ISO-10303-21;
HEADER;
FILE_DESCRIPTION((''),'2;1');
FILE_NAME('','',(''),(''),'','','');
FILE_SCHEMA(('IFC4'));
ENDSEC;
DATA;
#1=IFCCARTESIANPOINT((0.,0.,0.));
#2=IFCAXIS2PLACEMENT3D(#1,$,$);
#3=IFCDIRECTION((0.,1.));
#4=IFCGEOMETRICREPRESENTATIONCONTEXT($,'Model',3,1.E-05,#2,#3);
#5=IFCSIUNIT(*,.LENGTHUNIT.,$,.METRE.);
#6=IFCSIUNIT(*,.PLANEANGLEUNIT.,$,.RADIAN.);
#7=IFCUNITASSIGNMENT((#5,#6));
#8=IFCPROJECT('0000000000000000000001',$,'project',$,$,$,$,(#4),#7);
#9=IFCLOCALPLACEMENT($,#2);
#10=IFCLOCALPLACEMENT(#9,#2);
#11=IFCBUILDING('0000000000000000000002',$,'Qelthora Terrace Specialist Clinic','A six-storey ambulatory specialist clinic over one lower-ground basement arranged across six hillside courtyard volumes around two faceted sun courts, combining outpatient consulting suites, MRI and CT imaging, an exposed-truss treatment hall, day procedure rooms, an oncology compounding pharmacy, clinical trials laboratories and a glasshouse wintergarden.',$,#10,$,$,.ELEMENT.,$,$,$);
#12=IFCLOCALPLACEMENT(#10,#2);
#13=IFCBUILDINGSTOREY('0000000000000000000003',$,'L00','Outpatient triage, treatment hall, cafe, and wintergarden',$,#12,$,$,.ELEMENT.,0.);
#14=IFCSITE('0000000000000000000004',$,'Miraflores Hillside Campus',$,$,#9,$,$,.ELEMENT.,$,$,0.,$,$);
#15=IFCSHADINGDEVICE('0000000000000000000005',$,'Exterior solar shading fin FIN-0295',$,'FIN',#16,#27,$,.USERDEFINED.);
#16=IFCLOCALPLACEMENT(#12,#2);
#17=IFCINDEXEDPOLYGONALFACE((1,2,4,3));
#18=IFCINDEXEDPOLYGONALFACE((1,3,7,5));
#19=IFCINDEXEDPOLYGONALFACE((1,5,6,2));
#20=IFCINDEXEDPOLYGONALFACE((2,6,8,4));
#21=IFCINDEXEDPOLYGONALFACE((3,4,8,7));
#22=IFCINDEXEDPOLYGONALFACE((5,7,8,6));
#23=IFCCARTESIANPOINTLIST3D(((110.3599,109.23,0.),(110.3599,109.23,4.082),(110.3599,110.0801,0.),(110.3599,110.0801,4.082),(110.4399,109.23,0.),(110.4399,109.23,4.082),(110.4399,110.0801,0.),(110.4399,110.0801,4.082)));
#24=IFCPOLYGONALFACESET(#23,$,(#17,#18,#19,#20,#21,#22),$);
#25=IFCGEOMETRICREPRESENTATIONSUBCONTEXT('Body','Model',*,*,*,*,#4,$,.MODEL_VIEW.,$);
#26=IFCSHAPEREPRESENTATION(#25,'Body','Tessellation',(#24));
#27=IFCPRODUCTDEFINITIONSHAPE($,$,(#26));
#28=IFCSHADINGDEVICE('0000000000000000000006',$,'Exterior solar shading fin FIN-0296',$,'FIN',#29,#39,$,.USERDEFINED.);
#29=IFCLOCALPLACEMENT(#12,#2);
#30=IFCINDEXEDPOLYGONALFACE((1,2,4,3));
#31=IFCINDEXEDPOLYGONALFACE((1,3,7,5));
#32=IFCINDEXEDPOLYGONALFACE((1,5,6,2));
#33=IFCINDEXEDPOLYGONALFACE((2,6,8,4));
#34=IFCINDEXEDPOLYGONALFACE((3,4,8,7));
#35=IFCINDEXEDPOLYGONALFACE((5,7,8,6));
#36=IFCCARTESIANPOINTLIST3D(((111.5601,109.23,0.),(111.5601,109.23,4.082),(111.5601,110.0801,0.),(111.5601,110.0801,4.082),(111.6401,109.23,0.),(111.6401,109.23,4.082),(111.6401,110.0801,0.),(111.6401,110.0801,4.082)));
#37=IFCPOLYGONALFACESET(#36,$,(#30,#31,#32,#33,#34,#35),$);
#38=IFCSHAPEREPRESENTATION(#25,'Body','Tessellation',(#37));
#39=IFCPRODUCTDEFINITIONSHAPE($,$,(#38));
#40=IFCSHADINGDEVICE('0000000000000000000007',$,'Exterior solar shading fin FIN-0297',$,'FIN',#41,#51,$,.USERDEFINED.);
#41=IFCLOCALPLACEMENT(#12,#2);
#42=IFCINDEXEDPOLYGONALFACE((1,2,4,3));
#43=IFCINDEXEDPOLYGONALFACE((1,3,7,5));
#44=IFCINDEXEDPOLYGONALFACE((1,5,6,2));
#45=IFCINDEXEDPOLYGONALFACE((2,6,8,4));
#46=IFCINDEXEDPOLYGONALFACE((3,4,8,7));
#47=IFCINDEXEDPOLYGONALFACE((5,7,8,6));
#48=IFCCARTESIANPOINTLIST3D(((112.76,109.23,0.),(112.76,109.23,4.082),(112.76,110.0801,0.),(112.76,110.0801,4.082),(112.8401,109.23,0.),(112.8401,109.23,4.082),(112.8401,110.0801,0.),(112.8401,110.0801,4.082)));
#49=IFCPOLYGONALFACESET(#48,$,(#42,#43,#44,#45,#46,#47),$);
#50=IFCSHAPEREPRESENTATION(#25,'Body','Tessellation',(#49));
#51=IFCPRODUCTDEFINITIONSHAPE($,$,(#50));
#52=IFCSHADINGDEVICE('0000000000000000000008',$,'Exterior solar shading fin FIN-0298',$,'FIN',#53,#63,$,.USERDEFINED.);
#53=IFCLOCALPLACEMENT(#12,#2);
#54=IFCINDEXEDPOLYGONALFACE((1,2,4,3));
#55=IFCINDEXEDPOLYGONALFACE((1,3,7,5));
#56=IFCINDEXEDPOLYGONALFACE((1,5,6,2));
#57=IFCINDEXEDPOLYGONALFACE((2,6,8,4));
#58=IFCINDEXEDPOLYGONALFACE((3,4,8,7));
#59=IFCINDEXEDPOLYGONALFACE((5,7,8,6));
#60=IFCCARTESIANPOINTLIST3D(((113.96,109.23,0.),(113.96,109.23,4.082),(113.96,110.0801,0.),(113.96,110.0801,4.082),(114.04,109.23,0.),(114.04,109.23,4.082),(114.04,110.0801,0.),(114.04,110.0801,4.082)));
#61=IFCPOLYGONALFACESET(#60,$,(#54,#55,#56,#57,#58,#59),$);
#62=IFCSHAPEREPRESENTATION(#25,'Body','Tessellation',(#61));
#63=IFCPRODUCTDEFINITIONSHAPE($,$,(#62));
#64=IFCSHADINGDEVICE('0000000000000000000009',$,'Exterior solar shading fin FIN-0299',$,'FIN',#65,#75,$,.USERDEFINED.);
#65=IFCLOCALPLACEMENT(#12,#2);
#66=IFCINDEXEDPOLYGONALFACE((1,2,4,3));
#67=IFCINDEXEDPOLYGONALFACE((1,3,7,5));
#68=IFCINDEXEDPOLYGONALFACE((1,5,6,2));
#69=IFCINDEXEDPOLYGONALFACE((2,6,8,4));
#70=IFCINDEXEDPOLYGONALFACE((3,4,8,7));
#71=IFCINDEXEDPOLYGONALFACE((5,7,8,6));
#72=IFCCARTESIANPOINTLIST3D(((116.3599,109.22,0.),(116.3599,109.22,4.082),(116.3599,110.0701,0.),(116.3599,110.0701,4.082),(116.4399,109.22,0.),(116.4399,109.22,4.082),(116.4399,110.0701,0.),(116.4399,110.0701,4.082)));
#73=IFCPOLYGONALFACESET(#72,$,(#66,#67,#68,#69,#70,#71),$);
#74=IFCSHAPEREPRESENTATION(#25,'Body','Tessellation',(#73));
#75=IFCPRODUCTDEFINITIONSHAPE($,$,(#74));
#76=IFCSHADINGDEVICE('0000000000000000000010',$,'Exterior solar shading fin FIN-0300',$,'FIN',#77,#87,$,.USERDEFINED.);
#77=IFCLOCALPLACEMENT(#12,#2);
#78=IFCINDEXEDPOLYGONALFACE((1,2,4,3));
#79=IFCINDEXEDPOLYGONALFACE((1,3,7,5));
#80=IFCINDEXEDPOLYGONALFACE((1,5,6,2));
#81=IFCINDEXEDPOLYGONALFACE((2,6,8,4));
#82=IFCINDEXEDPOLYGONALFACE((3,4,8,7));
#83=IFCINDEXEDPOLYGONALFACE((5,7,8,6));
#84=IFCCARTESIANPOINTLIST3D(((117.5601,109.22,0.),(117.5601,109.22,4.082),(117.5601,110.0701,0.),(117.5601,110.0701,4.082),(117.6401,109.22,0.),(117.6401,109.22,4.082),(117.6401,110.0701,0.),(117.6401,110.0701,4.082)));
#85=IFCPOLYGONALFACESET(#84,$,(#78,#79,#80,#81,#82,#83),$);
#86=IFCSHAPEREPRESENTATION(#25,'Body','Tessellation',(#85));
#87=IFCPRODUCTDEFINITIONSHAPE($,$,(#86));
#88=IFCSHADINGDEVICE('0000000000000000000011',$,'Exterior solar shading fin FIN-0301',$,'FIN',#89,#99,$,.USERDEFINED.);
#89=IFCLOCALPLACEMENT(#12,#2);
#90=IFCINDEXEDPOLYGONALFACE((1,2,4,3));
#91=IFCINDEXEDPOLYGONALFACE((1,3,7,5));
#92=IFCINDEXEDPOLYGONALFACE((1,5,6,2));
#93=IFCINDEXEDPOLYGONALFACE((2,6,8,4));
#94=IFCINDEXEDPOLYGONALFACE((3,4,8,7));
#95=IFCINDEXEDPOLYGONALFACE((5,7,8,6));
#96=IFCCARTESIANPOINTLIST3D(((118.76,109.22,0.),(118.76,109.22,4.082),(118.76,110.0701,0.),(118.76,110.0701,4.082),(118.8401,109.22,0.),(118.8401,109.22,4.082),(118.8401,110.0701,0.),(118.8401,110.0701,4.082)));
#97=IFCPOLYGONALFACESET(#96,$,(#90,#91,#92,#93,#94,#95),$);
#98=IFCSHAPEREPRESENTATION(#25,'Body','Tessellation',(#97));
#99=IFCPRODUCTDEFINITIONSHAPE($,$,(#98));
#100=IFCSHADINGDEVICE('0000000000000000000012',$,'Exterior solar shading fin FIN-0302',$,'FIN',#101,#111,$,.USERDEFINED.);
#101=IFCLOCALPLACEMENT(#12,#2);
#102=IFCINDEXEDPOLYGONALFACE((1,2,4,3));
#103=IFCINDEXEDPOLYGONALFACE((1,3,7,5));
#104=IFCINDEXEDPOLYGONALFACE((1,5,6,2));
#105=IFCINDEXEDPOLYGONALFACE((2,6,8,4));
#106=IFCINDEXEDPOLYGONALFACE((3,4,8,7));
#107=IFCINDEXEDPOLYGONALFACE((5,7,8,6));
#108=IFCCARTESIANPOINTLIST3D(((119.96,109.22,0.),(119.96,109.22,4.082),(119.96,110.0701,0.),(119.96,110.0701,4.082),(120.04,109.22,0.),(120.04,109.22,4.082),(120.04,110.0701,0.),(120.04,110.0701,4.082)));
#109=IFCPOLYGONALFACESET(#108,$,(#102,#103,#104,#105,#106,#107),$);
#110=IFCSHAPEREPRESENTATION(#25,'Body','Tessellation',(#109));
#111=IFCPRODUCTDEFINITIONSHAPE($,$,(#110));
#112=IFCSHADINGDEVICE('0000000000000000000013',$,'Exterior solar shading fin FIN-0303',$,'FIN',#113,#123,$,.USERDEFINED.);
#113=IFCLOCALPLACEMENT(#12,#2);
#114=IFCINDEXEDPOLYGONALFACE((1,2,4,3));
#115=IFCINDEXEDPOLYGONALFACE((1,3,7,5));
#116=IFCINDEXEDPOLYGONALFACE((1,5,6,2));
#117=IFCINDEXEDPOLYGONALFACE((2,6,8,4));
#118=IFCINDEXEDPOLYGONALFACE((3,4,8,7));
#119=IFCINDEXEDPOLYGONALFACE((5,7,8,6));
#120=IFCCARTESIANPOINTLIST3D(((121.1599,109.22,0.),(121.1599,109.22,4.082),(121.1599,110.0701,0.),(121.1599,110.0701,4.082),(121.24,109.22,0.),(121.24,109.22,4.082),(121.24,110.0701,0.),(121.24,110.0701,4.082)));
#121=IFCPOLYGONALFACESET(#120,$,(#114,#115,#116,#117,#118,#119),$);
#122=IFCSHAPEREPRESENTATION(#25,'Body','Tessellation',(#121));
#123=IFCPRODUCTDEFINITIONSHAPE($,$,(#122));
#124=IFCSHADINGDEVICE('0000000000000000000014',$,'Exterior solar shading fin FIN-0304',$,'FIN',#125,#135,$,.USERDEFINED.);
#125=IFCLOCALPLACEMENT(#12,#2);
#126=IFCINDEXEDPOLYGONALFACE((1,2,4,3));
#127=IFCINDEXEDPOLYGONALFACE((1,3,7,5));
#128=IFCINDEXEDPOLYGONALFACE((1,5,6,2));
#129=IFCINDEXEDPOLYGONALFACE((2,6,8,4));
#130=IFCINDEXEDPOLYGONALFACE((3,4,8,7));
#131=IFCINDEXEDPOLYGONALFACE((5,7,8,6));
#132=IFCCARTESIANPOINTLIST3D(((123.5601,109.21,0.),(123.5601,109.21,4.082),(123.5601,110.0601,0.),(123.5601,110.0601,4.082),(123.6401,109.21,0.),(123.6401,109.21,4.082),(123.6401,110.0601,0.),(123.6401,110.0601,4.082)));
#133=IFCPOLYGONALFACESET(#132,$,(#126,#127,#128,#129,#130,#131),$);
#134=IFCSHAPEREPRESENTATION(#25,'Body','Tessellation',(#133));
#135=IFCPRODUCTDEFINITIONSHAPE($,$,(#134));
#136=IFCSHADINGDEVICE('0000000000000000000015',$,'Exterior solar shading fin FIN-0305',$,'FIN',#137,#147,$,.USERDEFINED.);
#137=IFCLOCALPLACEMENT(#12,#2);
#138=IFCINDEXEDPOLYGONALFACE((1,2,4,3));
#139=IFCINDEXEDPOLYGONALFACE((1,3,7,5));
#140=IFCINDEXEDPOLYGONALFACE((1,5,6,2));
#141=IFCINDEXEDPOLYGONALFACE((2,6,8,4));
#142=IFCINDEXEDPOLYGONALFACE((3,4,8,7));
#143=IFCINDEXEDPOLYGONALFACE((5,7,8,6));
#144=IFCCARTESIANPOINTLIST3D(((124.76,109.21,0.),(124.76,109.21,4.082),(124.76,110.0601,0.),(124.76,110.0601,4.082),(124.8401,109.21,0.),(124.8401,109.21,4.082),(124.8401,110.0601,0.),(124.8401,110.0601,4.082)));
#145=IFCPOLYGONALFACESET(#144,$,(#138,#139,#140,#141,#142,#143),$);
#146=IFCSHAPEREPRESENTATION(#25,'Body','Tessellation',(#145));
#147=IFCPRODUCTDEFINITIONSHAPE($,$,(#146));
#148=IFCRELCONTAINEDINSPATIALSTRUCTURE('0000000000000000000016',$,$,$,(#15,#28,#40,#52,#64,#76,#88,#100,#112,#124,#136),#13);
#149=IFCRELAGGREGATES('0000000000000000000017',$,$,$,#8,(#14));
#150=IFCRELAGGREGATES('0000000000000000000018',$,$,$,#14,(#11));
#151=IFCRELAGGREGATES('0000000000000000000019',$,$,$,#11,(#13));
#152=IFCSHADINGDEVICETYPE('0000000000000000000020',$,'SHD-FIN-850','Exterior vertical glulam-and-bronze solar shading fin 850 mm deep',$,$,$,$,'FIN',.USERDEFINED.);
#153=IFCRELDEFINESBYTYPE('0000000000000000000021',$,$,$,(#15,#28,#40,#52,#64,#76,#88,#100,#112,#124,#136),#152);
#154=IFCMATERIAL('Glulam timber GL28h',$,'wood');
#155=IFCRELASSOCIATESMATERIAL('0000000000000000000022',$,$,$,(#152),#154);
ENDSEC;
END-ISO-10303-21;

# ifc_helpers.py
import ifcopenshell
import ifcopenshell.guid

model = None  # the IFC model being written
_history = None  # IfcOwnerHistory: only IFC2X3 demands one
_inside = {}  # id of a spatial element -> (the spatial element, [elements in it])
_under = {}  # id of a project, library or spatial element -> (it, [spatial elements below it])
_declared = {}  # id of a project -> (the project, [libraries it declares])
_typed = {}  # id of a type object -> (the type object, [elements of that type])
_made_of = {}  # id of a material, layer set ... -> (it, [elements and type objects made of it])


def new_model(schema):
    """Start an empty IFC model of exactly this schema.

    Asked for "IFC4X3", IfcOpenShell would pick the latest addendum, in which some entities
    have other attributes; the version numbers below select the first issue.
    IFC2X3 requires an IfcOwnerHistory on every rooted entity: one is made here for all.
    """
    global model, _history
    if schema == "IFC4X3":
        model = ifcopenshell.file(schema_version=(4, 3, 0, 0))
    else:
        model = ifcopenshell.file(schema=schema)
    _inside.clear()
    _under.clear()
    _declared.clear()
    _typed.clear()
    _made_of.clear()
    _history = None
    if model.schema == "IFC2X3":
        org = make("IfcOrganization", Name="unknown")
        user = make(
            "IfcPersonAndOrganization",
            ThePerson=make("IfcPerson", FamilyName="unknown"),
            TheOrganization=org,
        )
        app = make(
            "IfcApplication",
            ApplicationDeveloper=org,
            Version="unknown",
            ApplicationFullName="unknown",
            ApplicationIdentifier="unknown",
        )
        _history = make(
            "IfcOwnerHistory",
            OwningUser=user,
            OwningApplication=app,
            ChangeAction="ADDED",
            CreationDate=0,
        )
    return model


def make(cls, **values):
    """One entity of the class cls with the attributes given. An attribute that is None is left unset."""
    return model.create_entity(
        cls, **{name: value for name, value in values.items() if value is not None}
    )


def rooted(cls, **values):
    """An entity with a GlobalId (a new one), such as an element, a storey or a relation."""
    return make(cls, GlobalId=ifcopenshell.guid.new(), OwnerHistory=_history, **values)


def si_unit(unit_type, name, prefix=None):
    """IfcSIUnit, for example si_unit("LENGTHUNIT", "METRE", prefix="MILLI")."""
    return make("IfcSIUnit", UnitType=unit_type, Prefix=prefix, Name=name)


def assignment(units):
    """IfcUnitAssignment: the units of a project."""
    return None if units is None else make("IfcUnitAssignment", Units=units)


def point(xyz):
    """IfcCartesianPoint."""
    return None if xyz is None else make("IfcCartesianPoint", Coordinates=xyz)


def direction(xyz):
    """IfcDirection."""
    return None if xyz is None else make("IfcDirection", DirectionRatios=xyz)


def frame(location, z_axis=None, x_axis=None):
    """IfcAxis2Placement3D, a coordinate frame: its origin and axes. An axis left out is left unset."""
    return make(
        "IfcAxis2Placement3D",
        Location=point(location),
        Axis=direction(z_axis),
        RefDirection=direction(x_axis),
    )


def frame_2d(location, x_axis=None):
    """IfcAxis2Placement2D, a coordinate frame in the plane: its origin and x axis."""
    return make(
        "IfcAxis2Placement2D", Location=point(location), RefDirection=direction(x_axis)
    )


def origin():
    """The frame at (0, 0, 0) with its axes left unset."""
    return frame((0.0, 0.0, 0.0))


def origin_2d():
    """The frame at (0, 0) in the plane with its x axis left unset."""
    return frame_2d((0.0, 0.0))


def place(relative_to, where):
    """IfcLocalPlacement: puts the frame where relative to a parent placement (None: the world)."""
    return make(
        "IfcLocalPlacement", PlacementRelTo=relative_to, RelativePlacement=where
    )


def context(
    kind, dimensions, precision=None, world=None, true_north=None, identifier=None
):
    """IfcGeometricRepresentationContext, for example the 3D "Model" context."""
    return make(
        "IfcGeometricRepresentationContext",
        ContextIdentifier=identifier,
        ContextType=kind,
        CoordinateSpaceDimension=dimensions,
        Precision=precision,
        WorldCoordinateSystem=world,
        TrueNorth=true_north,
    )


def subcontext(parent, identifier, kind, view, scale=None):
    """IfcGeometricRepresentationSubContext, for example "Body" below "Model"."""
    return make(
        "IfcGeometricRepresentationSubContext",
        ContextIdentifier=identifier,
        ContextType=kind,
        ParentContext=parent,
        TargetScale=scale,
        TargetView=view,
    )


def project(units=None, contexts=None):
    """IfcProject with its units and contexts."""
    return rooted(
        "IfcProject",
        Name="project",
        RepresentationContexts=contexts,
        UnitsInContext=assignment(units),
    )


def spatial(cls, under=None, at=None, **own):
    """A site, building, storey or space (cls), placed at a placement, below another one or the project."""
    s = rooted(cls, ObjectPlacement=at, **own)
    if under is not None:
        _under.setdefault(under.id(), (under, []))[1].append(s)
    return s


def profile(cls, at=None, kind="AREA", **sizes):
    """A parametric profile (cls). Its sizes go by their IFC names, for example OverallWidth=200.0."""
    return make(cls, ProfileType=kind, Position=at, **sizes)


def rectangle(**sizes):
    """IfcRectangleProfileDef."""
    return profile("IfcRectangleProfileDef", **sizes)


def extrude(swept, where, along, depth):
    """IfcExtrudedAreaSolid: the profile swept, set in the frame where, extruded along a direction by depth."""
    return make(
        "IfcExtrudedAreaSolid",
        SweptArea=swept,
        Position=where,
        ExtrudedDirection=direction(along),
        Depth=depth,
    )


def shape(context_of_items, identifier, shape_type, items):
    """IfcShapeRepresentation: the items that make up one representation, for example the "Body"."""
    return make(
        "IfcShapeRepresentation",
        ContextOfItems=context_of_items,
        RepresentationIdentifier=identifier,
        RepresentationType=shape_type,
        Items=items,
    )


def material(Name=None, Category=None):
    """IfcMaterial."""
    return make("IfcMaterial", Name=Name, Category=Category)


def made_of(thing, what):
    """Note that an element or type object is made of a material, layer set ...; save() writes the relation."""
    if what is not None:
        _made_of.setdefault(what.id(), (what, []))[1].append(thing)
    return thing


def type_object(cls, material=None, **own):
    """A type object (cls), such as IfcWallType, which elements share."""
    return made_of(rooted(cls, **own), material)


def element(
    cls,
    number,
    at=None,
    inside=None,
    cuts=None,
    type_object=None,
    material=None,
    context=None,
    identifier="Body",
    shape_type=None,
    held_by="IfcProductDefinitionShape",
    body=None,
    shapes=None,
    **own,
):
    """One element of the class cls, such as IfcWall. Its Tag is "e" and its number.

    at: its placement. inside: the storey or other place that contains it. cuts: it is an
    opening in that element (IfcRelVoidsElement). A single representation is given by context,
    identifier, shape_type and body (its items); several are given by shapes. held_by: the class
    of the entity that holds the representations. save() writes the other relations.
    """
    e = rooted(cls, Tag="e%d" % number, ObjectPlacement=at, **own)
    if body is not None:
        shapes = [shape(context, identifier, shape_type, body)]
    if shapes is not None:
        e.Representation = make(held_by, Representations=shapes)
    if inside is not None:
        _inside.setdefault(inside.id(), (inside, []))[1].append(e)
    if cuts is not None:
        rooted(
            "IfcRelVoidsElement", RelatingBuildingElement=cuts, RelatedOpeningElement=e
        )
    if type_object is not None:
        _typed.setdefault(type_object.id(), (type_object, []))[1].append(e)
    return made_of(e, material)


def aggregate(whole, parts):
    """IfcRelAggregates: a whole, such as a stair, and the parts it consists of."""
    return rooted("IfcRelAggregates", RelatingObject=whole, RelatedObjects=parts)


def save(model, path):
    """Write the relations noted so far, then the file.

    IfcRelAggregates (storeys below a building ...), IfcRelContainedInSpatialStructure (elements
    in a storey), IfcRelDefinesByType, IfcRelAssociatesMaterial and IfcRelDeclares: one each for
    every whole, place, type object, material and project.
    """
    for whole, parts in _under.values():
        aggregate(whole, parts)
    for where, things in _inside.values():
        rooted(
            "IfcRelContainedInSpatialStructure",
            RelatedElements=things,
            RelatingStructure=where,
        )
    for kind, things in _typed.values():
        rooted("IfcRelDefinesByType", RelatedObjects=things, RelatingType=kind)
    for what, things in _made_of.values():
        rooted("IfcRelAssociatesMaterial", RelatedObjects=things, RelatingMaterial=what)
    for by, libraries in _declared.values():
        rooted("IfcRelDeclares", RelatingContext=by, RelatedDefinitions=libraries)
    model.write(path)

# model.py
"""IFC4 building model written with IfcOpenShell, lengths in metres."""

from ifc_helpers import new_model, si_unit, direction, frame, origin, origin_2d, place, context, subcontext, project, spatial, rectangle, extrude, material, type_object, element, save


model = new_model("IFC4")

# Units and contexts
model_context = context("Model", 3, precision=1e-05, world=origin(), true_north=direction((0.0, 1.0)))
body_context = subcontext(model_context, "Body", "Model", "MODEL_VIEW")
ifc_project = project(units=[si_unit("LENGTHUNIT", "METRE"), si_unit("PLANEANGLEUNIT", "RADIAN")], contexts=[model_context])

# Site, building, storey
site_placement = place(None, origin())
site = spatial("IfcSite", under=ifc_project, at=site_placement, Name="Miraflores Hillside Campus", CompositionType="ELEMENT", RefElevation=0.0)
building_placement = place(site_placement, origin())
building = spatial("IfcBuilding", under=site, at=building_placement, Name="Qelthora Terrace Specialist Clinic", Description="A six-storey ambulatory specialist clinic over one lower-ground basement arranged across six hillside courtyard volumes around two faceted sun courts, combining outpatient consulting suites, MRI and CT imaging, an exposed-truss treatment hall, day procedure rooms, an oncology compounding pharmacy, clinical trials laboratories and a glasshouse wintergarden.", CompositionType="ELEMENT")
storey_placement = place(building_placement, origin())
storey = spatial("IfcBuildingStorey", under=building, at=storey_placement, Name="L00", Description="Outpatient triage, treatment hall, cafe, and wintergarden", CompositionType="ELEMENT", Elevation=0.0)

# Shading devices
ifc_material_1 = material(Name="Glulam timber GL28h", Category="wood")
shading_device_type = type_object("IfcShadingDeviceType", Name="SHD-FIN-850", Description="Exterior vertical glulam-and-bronze solar shading fin 850 mm deep", ElementType="FIN", PredefinedType="USERDEFINED", material=ifc_material_1)
for number, where, z_axis, x_axis, name in (
    (1, (110.3999, 109.655, 0.0), (0.0, 0.0, 1.0), (0.0, 1.0, 0.0), "Exterior solar shading fin FIN-0295"),
    (2, (111.6001, 109.655, 0.0), (0.0, 0.0, 1.0), (0.0, 1.0, 0.0), "Exterior solar shading fin FIN-0296"),
    (3, (112.8, 109.655, 0.0), (0.0, 0.0, 1.0), (0.0, 1.0, 0.0), "Exterior solar shading fin FIN-0297"),
    (4, (114.0, 109.655, 0.0), (0.0, 0.0, 1.0), (0.0, 1.0, 0.0), "Exterior solar shading fin FIN-0298"),
    (5, (116.3999, 109.645, 0.0), (0.0, 0.0, 1.0), (0.0, 1.0, 0.0), "Exterior solar shading fin FIN-0299"),
    (6, (117.6001, 109.645, 0.0), (0.0, 0.0, 1.0), (0.0, 1.0, 0.0), "Exterior solar shading fin FIN-0300"),
    (7, (118.8, 109.645, 0.0), (0.0, 0.0, 1.0), (0.0, 1.0, 0.0), "Exterior solar shading fin FIN-0301"),
    (8, (120.0, 109.645, 0.0), (0.0, 0.0, 1.0), (0.0, 1.0, 0.0), "Exterior solar shading fin FIN-0302"),
    (9, (121.2, 109.645, 0.0), (0.0, 0.0, 1.0), (0.0, 1.0, 0.0), "Exterior solar shading fin FIN-0303"),
    (10, (123.6001, 109.635, 0.0), (0.0, 0.0, 1.0), (0.0, 1.0, 0.0), "Exterior solar shading fin FIN-0304"),
    (11, (124.8, 109.635, 0.0), (0.0, 0.0, 1.0), (0.0, 1.0, 0.0), "Exterior solar shading fin FIN-0305"),
):
    element("IfcShadingDevice", number, at=place(storey_placement, frame(where, z_axis=z_axis, x_axis=x_axis)), inside=storey, type_object=shading_device_type, Name=name, ObjectType="FIN", PredefinedType="USERDEFINED", context=body_context, shape_type="SweptSolid", body=[
        extrude(rectangle(XDim=0.8501, YDim=0.0801, at=origin_2d()), origin(), (0.0, 0.0, 1.0), 4.082),
    ])

save(model, "model.ifc")
